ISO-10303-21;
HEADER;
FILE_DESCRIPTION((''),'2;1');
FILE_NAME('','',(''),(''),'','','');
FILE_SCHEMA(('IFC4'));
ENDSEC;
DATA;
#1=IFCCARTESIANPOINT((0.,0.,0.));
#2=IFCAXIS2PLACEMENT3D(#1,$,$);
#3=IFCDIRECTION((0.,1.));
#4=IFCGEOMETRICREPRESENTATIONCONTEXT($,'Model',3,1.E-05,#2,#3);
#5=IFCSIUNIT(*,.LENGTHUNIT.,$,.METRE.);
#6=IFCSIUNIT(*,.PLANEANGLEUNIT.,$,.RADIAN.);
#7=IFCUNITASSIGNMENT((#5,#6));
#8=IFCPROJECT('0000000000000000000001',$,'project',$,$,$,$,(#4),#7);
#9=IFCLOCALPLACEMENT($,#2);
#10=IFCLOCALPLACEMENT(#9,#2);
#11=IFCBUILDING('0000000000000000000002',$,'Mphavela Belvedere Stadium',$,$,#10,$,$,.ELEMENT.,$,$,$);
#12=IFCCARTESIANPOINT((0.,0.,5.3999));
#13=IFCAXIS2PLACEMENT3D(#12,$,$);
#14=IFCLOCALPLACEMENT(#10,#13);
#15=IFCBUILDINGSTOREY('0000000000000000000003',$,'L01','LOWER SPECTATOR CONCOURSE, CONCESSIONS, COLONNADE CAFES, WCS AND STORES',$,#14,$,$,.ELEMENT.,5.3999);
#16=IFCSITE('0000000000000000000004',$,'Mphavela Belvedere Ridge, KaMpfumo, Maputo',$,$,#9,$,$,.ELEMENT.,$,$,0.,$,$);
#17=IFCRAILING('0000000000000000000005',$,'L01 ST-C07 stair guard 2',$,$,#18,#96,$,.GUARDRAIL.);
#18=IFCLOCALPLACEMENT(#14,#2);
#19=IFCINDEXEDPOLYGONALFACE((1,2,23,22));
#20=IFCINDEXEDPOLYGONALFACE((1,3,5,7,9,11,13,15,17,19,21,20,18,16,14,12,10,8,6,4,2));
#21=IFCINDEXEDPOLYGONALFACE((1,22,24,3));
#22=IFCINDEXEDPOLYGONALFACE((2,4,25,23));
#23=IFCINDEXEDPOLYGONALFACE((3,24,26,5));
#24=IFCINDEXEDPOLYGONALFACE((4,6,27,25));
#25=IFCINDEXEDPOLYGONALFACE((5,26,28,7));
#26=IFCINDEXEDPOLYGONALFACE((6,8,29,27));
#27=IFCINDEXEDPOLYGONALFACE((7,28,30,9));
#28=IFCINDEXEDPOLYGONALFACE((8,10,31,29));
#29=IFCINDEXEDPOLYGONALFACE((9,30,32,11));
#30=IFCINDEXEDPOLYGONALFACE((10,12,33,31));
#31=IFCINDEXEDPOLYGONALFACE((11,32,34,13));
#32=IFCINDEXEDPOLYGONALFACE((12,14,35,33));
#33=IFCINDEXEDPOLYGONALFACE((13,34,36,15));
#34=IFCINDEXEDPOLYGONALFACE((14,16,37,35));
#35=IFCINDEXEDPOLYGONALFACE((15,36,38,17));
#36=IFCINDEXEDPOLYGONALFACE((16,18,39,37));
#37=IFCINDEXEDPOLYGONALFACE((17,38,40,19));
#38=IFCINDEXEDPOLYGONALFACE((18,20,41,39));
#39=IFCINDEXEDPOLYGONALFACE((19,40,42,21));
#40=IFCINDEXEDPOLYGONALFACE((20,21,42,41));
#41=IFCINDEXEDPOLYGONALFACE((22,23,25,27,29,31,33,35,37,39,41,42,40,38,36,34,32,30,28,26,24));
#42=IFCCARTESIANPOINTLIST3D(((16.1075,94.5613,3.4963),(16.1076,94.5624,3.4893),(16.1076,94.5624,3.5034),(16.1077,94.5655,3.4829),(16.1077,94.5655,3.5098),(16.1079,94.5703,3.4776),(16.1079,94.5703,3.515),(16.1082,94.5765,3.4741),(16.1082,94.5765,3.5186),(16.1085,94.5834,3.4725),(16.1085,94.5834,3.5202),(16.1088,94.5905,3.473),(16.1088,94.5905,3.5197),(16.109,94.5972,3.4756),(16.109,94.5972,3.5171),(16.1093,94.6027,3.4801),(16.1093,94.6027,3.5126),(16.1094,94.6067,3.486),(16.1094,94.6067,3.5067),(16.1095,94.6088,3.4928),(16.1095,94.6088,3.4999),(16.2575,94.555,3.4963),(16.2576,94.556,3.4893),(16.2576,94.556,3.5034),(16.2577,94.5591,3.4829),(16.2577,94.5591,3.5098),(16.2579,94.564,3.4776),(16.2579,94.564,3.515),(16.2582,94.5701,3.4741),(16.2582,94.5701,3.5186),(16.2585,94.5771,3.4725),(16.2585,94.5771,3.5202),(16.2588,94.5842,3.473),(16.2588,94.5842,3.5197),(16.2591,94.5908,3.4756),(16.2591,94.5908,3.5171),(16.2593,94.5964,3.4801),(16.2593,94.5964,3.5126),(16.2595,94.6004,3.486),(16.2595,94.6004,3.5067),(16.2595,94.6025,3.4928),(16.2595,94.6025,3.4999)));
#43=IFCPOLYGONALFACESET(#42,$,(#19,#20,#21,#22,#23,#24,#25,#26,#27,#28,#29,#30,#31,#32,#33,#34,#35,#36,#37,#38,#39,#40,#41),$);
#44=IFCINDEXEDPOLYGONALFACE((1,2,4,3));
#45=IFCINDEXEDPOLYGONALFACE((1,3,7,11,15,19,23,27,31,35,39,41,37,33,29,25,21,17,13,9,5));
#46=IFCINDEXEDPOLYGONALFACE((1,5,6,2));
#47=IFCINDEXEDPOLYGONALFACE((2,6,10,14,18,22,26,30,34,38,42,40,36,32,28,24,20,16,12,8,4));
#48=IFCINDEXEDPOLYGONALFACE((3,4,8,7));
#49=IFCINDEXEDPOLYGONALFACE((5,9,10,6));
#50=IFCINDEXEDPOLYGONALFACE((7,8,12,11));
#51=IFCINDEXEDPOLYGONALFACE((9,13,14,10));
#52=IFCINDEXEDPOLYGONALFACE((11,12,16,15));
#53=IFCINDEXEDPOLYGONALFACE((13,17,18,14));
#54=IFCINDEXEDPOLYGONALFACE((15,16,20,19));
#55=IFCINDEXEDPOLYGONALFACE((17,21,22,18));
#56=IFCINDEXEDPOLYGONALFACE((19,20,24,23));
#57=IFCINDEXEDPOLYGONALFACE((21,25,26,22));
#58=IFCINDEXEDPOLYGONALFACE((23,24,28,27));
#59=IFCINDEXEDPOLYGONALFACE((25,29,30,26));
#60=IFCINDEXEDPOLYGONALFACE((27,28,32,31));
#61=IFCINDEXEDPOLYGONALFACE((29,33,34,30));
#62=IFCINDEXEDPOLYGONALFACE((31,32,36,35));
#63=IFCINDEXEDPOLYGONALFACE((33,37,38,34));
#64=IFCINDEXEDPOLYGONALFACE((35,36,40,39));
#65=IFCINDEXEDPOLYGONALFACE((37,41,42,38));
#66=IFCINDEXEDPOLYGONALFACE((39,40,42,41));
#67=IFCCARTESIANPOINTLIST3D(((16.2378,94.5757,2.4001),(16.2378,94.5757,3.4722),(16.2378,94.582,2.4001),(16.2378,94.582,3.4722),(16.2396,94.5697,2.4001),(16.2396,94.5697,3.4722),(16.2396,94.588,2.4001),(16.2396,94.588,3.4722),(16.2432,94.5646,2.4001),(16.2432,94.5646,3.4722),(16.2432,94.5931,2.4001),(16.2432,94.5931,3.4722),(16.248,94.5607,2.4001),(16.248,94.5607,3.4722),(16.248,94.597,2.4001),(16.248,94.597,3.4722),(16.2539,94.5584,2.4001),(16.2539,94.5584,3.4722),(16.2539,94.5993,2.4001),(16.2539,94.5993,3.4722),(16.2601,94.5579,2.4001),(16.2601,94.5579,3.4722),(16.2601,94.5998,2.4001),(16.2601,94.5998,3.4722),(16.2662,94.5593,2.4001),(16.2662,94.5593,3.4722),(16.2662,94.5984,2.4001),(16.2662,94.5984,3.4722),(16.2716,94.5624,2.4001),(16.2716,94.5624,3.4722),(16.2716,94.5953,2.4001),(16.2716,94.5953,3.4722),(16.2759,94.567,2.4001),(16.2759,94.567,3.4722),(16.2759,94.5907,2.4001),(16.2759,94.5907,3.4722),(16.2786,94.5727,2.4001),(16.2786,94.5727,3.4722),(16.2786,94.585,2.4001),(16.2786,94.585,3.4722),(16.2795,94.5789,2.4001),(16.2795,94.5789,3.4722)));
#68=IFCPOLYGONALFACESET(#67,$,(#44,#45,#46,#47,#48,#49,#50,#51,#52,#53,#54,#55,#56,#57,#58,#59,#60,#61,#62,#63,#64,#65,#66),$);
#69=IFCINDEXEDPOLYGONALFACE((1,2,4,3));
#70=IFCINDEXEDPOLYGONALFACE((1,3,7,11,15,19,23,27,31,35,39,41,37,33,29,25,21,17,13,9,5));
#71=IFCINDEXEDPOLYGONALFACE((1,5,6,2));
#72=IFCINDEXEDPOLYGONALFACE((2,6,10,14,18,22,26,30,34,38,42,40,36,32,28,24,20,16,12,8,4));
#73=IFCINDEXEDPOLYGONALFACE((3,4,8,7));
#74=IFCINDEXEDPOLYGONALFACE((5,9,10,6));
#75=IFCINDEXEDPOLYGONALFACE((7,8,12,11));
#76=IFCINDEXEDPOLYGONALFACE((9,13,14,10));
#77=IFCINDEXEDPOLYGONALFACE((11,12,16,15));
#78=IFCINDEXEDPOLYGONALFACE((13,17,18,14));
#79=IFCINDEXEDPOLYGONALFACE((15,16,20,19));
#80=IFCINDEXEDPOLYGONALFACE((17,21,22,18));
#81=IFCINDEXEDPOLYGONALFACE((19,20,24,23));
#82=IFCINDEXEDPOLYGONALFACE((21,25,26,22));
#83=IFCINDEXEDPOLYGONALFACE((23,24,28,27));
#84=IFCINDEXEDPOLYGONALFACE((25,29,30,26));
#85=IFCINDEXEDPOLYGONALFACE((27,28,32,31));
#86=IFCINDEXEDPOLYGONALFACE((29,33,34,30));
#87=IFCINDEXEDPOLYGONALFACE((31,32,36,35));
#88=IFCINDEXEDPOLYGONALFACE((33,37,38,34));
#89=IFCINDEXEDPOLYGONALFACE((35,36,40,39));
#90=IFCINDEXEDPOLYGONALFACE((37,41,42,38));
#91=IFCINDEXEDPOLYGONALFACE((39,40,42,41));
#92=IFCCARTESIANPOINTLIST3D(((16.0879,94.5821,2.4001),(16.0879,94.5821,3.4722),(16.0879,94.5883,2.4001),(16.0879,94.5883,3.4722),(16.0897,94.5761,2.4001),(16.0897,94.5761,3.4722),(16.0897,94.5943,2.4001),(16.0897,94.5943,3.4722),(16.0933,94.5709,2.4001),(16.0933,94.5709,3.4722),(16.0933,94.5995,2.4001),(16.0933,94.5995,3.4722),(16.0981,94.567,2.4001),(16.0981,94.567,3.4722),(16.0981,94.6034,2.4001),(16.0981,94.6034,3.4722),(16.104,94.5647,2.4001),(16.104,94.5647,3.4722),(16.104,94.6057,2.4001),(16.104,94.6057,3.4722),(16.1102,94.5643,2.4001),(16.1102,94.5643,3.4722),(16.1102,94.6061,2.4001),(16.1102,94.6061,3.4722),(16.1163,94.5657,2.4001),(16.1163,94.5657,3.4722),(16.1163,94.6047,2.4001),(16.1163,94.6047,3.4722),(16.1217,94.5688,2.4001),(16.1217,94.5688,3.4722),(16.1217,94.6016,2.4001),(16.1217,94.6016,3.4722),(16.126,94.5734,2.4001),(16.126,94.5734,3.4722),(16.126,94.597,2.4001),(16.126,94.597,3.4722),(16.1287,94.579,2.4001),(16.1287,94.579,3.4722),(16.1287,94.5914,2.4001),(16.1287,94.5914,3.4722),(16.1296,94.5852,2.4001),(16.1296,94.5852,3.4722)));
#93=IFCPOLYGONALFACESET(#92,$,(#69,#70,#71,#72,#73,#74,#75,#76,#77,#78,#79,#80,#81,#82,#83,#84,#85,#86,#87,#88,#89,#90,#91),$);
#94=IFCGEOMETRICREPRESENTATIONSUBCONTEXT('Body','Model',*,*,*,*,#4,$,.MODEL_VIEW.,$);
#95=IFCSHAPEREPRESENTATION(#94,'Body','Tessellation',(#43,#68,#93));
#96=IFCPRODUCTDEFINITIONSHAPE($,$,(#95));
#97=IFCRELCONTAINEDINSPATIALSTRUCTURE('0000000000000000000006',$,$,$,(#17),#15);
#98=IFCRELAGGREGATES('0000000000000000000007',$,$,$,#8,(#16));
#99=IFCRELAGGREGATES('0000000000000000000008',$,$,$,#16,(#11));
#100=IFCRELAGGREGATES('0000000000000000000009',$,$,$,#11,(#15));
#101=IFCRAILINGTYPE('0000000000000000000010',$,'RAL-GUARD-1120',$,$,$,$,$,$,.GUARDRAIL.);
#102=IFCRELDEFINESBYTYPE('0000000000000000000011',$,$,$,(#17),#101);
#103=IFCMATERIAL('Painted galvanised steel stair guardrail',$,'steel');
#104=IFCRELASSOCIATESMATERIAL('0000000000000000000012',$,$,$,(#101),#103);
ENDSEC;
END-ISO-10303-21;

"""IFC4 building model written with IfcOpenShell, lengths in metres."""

from ifc_helpers import new_model, si_unit, direction, frame, origin, origin_2d, place, context, subcontext, project, spatial, circle, extrude, material, type_object, element, save


model = new_model("IFC4")

# Units and contexts
model_context = context("Model", 3, precision=1e-05, world=origin(), true_north=direction((0.0, 1.0)))
body_context = subcontext(model_context, "Body", "Model", "MODEL_VIEW")
ifc_project = project(units=[si_unit("LENGTHUNIT", "METRE"), si_unit("PLANEANGLEUNIT", "RADIAN")], contexts=[model_context])

# Site, building, storey
site_placement = place(None, origin())
site = spatial("IfcSite", under=ifc_project, at=site_placement, Name="Mphavela Belvedere Ridge, KaMpfumo, Maputo", CompositionType="ELEMENT", RefElevation=0.0)
building_placement = place(site_placement, origin())
building = spatial("IfcBuilding", under=site, at=building_placement, Name="Mphavela Belvedere Stadium", CompositionType="ELEMENT")
storey_placement = place(building_placement, frame((0.0, 0.0, 5.3999)))
storey = spatial("IfcBuildingStorey", under=building, at=storey_placement, Name="L01", Description="LOWER SPECTATOR CONCOURSE, CONCESSIONS, COLONNADE CAFES, WCS AND STORES", CompositionType="ELEMENT", Elevation=5.3999)

# Railing
ifc_material_1 = material(Name="Painted galvanised steel stair guardrail", Category="steel")
railing_type_1 = type_object("IfcRailingType", Name="RAL-GUARD-1120", PredefinedType="GUARDRAIL", material=ifc_material_1)
railing_1_placement = place(storey_placement, frame((16.2585, 94.5789, 2.4001)))
element("IfcRailing", 1, at=railing_1_placement, inside=storey, type_object=railing_type_1, Name="L01 ST-C07 stair guard 2", PredefinedType="GUARDRAIL", context=body_context, shape_type="SweptSolid", body=[
    extrude(circle(Radius=0.0239, at=origin_2d()), frame((0.0, 0.0, 1.0962), z_axis=(-0.999105, 0.042307, 0.0), x_axis=(-0.042307, -0.999105, 0.0)), (0.0, 0.0, 1.0), 0.1501),
    extrude(circle(Radius=0.021, at=origin_2d()), origin(), (0.0, 0.0, 1.0), 1.072),
    extrude(circle(Radius=0.021, at=origin_2d()), frame((-0.1499, 0.0063, 0.0)), (0.0, 0.0, 1.0), 1.072),
])

save(model, "model.ifc")
